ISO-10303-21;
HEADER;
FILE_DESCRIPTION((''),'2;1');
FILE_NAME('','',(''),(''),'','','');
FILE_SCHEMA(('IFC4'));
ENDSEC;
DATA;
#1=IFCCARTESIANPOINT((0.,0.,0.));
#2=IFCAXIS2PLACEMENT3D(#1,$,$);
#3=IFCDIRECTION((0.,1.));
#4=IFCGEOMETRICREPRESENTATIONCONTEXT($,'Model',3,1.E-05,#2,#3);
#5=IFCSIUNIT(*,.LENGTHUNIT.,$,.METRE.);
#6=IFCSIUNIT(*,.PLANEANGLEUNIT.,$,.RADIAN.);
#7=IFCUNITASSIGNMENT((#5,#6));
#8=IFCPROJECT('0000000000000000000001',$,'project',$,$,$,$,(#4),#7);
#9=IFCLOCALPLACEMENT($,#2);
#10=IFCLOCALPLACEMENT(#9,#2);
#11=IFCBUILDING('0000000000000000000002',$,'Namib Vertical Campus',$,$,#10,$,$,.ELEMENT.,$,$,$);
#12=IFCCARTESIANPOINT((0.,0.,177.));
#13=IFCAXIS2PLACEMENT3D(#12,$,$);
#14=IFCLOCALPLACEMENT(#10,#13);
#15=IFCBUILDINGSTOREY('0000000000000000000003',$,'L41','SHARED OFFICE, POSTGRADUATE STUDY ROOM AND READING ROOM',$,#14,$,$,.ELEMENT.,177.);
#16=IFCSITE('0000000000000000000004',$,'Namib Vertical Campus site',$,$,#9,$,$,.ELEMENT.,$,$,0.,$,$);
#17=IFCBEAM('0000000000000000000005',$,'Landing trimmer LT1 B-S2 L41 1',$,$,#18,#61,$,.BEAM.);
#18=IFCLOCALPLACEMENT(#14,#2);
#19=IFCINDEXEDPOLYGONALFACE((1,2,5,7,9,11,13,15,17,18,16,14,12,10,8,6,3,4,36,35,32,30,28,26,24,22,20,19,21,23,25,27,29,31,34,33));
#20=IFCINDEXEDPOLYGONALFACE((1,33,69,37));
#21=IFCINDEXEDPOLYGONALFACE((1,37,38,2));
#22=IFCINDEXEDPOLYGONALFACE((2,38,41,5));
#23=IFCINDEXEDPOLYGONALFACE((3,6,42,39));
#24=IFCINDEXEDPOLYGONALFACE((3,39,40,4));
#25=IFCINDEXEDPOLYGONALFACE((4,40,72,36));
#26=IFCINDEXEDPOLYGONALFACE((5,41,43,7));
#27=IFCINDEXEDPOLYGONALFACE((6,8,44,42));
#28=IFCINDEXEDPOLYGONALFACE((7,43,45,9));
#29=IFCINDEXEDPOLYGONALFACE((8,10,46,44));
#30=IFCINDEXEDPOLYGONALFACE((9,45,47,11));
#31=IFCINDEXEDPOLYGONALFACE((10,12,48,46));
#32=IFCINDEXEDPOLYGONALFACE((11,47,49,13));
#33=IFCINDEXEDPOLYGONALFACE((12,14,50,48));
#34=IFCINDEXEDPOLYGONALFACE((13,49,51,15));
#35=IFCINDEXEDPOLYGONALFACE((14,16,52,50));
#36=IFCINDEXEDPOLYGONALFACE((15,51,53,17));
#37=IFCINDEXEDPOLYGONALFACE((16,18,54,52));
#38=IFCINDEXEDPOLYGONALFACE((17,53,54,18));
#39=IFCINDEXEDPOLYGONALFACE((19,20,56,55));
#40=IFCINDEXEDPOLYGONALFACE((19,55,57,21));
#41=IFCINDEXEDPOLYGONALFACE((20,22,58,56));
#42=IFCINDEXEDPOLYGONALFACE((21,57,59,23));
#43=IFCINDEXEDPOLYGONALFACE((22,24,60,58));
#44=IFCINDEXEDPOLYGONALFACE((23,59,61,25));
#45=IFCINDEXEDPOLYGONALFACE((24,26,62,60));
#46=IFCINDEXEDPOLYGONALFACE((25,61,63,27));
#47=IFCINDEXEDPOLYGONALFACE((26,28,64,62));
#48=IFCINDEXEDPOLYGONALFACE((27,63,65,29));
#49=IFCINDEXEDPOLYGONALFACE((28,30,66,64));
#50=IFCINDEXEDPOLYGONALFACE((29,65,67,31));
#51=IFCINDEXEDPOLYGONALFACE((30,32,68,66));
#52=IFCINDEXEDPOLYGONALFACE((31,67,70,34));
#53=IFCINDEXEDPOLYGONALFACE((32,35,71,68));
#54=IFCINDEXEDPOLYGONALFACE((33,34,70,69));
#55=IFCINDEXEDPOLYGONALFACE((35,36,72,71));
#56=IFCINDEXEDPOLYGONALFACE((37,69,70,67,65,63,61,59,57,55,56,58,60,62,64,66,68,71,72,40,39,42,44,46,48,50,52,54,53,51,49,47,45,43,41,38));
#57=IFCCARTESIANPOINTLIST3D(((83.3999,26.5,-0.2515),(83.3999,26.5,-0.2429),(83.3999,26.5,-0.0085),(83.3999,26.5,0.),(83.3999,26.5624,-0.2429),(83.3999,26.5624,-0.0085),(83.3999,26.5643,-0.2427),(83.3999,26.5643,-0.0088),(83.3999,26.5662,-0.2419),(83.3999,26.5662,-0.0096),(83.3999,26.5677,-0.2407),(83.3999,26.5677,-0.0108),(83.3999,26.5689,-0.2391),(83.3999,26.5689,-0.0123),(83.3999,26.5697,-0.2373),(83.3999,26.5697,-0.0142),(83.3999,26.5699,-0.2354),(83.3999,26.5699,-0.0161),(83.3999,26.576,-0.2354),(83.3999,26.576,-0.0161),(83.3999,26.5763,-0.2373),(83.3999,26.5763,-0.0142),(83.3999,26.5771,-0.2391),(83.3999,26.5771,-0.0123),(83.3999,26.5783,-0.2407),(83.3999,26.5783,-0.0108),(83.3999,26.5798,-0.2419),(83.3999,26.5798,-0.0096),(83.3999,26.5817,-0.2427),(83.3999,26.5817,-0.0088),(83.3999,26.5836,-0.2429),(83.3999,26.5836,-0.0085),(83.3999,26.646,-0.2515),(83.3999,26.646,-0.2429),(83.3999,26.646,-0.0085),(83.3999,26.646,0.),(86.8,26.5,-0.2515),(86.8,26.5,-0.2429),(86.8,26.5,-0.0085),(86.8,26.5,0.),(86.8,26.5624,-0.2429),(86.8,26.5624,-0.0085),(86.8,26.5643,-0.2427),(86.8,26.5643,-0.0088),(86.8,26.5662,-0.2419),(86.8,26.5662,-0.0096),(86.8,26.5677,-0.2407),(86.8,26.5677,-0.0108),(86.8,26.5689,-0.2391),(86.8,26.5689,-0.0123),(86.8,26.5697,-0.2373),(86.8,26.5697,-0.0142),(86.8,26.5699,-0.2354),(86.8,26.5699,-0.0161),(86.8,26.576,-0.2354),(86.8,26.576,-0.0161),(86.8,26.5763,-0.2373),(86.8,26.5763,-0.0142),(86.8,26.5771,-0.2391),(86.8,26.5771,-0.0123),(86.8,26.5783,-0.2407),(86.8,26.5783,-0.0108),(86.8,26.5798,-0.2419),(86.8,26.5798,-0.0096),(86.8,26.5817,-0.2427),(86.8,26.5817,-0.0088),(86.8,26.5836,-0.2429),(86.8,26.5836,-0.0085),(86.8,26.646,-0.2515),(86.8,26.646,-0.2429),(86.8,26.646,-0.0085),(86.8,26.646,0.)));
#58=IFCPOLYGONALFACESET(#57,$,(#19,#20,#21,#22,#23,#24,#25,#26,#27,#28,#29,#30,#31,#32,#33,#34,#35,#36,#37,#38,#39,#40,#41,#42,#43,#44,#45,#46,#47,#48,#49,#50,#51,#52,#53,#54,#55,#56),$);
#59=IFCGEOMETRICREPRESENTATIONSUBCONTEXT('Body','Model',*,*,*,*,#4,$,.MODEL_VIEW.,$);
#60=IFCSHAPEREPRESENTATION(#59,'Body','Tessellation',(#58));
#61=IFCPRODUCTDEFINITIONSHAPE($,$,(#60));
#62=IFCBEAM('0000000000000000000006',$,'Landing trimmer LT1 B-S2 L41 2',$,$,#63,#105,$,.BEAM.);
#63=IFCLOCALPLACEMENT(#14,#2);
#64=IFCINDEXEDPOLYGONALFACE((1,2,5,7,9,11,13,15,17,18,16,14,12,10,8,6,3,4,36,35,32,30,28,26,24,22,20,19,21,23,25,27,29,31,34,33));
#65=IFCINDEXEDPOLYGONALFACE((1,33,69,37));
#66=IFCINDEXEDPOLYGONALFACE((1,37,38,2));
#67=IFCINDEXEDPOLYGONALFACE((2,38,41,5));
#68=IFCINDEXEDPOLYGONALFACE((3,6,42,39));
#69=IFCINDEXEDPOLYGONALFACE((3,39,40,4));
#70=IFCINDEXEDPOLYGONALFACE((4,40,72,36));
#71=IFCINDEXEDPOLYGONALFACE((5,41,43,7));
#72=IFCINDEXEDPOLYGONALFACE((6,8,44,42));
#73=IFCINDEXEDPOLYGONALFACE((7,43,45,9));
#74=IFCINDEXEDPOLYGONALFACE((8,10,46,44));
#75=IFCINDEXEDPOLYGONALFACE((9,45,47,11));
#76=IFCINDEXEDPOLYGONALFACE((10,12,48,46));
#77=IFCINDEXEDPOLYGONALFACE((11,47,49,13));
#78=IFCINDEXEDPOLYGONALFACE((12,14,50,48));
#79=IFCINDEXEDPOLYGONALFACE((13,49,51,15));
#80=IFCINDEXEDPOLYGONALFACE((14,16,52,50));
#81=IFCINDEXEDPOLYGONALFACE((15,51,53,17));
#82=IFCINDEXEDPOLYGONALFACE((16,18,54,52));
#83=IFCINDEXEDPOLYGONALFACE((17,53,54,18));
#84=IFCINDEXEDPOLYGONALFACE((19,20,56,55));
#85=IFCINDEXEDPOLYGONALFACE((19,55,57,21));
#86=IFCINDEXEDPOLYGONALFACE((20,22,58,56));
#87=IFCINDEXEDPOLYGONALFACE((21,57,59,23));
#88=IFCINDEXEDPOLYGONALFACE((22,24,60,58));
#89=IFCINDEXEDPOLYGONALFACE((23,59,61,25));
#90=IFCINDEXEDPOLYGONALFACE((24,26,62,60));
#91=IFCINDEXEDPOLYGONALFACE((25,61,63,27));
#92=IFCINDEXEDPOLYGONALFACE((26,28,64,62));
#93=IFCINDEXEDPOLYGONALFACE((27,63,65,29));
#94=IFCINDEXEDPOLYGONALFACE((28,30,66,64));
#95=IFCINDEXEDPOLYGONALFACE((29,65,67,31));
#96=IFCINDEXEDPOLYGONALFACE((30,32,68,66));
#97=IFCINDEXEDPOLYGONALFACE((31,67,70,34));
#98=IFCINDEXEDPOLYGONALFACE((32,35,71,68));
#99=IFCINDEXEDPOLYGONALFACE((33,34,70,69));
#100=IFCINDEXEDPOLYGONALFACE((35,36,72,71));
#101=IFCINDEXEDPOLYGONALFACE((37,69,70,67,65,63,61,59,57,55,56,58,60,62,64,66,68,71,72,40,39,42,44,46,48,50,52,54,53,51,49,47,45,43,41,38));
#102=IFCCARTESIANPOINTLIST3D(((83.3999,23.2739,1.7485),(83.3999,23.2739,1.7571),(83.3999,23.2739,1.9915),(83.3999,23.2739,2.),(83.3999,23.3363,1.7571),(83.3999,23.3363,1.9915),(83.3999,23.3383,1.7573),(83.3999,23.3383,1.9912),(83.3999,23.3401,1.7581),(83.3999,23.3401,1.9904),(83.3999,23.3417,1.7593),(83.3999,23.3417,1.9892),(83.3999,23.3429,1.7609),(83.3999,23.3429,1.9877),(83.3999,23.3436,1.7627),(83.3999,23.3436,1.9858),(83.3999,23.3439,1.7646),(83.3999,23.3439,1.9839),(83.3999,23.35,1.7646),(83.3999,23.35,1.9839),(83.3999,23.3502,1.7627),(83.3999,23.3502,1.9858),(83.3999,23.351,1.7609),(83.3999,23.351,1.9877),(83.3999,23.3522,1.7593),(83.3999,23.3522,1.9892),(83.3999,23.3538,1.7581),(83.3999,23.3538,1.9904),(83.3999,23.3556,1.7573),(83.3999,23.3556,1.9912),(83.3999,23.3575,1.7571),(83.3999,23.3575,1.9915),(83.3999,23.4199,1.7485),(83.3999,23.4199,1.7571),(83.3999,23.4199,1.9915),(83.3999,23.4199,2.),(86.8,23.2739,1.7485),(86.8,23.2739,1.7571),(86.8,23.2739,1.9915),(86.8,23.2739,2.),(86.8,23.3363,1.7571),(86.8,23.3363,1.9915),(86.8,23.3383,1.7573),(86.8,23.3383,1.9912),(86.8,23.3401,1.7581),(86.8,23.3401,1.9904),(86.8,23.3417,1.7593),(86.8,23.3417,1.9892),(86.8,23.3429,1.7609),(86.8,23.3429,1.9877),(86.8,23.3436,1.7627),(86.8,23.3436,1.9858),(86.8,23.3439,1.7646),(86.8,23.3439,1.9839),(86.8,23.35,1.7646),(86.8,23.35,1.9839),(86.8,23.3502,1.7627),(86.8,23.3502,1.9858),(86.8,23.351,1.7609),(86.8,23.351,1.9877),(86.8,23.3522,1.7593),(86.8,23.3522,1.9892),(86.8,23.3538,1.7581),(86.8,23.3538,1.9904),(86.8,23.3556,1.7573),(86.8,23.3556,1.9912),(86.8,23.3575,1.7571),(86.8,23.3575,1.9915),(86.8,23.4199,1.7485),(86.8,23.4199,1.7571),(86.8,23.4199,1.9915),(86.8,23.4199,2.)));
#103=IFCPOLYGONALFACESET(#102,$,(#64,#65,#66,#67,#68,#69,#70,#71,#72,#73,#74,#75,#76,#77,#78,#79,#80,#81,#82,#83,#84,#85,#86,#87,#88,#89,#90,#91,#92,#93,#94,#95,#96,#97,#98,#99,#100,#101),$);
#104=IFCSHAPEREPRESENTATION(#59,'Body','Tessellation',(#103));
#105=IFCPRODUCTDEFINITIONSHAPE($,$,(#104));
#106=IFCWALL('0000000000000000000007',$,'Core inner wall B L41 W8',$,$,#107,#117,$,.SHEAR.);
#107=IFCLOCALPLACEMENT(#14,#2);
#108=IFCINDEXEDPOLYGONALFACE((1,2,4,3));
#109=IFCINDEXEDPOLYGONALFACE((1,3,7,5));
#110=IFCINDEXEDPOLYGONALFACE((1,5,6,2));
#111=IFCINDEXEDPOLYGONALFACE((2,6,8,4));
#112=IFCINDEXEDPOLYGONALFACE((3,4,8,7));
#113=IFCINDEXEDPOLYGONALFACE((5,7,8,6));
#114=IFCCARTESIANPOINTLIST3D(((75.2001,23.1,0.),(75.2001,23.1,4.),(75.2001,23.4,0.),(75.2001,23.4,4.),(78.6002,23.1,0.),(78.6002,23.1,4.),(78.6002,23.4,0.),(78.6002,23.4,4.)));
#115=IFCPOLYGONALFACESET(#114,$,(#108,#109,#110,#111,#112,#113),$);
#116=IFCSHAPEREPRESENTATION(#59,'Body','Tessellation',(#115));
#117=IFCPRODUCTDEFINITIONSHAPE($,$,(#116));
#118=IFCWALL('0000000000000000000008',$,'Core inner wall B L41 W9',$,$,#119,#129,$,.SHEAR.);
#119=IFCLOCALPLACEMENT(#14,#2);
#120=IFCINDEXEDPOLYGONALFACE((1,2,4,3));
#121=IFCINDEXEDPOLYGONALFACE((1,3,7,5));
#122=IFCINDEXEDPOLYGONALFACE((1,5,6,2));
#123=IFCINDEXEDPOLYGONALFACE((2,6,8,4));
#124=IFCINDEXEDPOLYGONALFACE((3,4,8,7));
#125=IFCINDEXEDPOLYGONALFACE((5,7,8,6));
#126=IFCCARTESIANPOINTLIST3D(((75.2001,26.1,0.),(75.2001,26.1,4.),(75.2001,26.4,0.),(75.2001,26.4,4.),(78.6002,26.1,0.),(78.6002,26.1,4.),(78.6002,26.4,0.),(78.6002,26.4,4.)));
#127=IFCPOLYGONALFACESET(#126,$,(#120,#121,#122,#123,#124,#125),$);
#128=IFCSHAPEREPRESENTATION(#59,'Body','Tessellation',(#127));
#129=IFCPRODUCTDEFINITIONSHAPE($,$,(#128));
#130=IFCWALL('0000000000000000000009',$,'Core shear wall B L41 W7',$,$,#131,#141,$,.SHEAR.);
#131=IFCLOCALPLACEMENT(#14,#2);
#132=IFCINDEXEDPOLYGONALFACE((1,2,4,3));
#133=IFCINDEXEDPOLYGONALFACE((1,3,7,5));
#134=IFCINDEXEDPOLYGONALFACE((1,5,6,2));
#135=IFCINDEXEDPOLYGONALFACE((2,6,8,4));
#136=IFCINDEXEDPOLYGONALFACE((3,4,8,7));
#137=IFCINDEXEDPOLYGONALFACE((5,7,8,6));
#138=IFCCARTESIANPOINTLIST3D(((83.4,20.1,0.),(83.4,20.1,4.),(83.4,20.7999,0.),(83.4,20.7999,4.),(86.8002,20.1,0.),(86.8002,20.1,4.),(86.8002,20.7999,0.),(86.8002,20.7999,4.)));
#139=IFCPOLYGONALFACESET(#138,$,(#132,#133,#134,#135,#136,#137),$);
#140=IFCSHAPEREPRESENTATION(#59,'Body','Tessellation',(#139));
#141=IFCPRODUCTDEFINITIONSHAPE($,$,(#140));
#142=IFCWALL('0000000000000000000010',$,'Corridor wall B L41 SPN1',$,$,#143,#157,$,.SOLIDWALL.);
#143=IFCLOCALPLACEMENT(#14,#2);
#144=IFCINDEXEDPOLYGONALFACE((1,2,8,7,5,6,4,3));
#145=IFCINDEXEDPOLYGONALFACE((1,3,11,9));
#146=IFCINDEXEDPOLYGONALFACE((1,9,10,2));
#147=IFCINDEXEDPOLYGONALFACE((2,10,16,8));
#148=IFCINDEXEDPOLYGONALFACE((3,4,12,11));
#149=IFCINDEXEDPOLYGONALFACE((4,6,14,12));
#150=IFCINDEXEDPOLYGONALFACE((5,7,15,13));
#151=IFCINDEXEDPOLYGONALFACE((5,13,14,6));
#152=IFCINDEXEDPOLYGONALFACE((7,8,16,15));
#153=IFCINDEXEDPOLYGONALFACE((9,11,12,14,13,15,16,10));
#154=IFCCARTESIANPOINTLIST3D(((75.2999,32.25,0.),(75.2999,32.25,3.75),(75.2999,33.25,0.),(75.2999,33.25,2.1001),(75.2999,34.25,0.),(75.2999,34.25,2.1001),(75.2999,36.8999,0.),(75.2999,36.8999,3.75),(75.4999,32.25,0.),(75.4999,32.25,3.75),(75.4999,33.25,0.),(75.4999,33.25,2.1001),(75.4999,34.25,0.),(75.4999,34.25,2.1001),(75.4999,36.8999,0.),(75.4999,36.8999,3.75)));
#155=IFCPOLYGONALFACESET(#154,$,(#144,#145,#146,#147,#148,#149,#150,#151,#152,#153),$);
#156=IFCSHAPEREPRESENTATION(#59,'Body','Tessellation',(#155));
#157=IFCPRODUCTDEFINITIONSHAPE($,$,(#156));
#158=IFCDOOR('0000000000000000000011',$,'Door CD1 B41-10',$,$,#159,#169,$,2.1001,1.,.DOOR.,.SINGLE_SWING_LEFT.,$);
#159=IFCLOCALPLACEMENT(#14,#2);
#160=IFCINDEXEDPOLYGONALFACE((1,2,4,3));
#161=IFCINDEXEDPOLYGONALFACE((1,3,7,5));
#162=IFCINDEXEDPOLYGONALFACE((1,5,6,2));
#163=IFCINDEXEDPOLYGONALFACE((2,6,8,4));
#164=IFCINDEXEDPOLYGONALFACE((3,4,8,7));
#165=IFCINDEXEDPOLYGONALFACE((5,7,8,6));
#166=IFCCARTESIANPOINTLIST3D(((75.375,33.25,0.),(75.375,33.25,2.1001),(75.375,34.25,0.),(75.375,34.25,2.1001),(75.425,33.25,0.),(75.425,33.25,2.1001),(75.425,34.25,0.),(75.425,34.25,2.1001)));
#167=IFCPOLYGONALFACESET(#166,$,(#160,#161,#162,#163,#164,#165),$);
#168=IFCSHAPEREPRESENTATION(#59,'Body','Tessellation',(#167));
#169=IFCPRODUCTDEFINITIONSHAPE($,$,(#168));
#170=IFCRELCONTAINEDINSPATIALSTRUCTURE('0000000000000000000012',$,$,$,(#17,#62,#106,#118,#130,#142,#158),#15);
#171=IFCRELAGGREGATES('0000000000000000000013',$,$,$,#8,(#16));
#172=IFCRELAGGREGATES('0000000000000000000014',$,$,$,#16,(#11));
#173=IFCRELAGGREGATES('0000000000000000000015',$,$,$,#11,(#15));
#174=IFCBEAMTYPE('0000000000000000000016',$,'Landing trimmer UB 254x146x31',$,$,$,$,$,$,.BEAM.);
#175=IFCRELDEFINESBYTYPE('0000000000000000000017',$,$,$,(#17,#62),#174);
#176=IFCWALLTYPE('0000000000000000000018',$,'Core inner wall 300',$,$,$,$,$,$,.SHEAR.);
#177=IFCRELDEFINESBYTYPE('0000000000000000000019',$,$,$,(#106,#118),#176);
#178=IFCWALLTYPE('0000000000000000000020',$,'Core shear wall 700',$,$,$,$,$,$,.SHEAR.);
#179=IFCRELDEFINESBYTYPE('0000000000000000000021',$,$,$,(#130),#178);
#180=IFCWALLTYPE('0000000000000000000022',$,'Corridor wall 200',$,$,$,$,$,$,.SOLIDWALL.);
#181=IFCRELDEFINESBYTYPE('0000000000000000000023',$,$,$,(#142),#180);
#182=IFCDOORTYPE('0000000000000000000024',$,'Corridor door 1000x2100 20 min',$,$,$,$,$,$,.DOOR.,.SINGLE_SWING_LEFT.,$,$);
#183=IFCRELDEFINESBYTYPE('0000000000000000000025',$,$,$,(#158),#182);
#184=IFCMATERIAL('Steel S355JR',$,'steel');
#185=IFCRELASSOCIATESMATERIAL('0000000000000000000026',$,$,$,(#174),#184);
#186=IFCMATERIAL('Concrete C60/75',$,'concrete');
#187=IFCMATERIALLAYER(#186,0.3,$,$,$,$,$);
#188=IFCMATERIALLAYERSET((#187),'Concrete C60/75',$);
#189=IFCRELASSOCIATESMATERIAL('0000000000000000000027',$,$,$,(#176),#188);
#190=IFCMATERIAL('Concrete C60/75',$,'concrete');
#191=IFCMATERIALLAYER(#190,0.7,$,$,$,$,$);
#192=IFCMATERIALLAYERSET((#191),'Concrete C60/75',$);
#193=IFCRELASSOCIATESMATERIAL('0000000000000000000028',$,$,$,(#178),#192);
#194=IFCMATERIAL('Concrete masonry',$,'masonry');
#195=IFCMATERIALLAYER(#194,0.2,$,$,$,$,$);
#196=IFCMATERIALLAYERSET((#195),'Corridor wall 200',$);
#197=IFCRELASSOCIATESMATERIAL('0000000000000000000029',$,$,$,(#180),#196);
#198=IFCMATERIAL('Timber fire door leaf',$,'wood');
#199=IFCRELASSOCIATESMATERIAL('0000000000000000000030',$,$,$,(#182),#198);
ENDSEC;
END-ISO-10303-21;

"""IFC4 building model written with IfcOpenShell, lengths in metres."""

from ifc_helpers import new_model, si_unit, direction, frame, frame_2d, origin, origin_2d, place, context, subcontext, project, spatial, rectangle, i_section, extrude, material, layer, layer_set, material_profile, profile_set, type_object, element, fill, save


model = new_model("IFC4")

# Units and contexts
model_context = context("Model", 3, precision=1e-05, world=origin(), true_north=direction((0.0, 1.0)))
body_context = subcontext(model_context, "Body", "Model", "MODEL_VIEW")
ifc_project = project(units=[si_unit("LENGTHUNIT", "METRE"), si_unit("PLANEANGLEUNIT", "RADIAN")], contexts=[model_context])

# Site, building, storey
site_placement = place(None, origin())
site = spatial("IfcSite", under=ifc_project, at=site_placement, Name="Namib Vertical Campus site", CompositionType="ELEMENT", RefElevation=0.0)
building_placement = place(site_placement, origin())
building = spatial("IfcBuilding", under=site, at=building_placement, Name="Namib Vertical Campus", CompositionType="ELEMENT")
storey_placement = place(building_placement, frame((0.0, 0.0, 177.0)))
storey = spatial("IfcBuildingStorey", under=building, at=storey_placement, Name="L41", Description="SHARED OFFICE, POSTGRADUATE STUDY ROOM AND READING ROOM", CompositionType="ELEMENT", Elevation=177.0)

# Beams
ifc_material_1 = material(Name="Steel S355JR", Category="steel")
ifc_material_profile = material_profile(ifc_material_1, i_section(OverallWidth=0.146, OverallDepth=0.2515, WebThickness=0.0061, FlangeThickness=0.0085, FilletRadius=0.0076, at=origin_2d()))
ifc_profile_set = profile_set([ifc_material_profile], Name="Steel S355JR")
beam_type = type_object("IfcBeamType", Name="Landing trimmer UB 254x146x31", PredefinedType="BEAM", material=ifc_profile_set)
for number, where, z_axis, x_axis, name in (
    (1, (83.3999, 26.573, -0.1257), (1.0, 0.0, 0.0), (0.0, 1.0, 0.0), "Landing trimmer LT1 B-S2 L41 1"),
    (2, (83.3999, 23.3469, 1.8743), (1.0, 0.0, 0.0), (0.0, 1.0, 0.0), "Landing trimmer LT1 B-S2 L41 2"),
):
    element("IfcBeam", number, at=place(storey_placement, frame(where, z_axis=z_axis, x_axis=x_axis)), inside=storey, type_object=beam_type, Name=name, PredefinedType="BEAM", context=body_context, shape_type="SweptSolid", body=[
        extrude(i_section(OverallWidth=0.146, OverallDepth=0.2515, WebThickness=0.0061, FlangeThickness=0.0085, FilletRadius=0.0076, at=origin_2d()), origin(), (0.0, 0.0, 1.0), 3.4001),
    ])

# Walls
ifc_material_2 = material(Name="Concrete C60/75", Category="concrete")
ifc_layer_1 = layer(ifc_material_2, 0.3)
ifc_layer_set_1 = layer_set([ifc_layer_1], Name="Concrete C60/75")
wall_type_1 = type_object("IfcWallType", Name="Core inner wall 300", PredefinedType="SHEAR", material=ifc_layer_set_1)
for number, where, z_axis, x_axis, name in (
    (3, (75.2, 23.25, 0.0), (0.0, 0.0, 1.0), (1.0, 0.0, 0.0), "Core inner wall B L41 W8"),
    (4, (75.2, 26.25, 0.0), (0.0, 0.0, 1.0), (1.0, 0.0, 0.0), "Core inner wall B L41 W9"),
):
    element("IfcWall", number, at=place(storey_placement, frame(where, z_axis=z_axis, x_axis=x_axis)), inside=storey, type_object=wall_type_1, Name=name, PredefinedType="SHEAR", context=body_context, shape_type="SweptSolid", body=[
        extrude(rectangle(XDim=3.4001, YDim=0.3, at=frame_2d((1.7002, 0.0))), origin(), (0.0, 0.0, 1.0), 4.0),
    ])
ifc_material_3 = material(Name="Concrete C60/75", Category="concrete")
ifc_layer_2 = layer(ifc_material_3, 0.7)
ifc_layer_set_2 = layer_set([ifc_layer_2], Name="Concrete C60/75")
wall_type_2 = type_object("IfcWallType", Name="Core shear wall 700", PredefinedType="SHEAR", material=ifc_layer_set_2)
wall_1_placement = place(storey_placement, frame((83.3999, 20.45, 0.0), z_axis=(0.0, 0.0, 1.0), x_axis=(1.0, 0.0, 0.0)))
element("IfcWall", 5, at=wall_1_placement, inside=storey, type_object=wall_type_2, Name="Core shear wall B L41 W7", PredefinedType="SHEAR", context=body_context, shape_type="SweptSolid", body=[
    extrude(rectangle(XDim=3.4001, YDim=0.7, at=frame_2d((1.7002, 0.0))), origin(), (0.0, 0.0, 1.0), 4.0),
])

# Wall, opening, door
ifc_material_4 = material(Name="Concrete masonry", Category="masonry")
ifc_layer_3 = layer(ifc_material_4, 0.2)
ifc_layer_set_3 = layer_set([ifc_layer_3], Name="Corridor wall 200")
wall_type_3 = type_object("IfcWallType", Name="Corridor wall 200", PredefinedType="SOLIDWALL", material=ifc_layer_set_3)
wall_2_placement = place(storey_placement, frame((75.3999, 32.25, 0.0), z_axis=(0.0, 0.0, 1.0), x_axis=(0.0, 1.0, 0.0)))
wall_2 = element("IfcWall", 6, at=wall_2_placement, inside=storey, type_object=wall_type_3, Name="Corridor wall B L41 SPN1", PredefinedType="SOLIDWALL", context=body_context, shape_type="SweptSolid", body=[
    extrude(rectangle(XDim=4.6499, YDim=0.2, at=frame_2d((2.325, 0.0))), origin(), (0.0, 0.0, 1.0), 3.75),
])
opening_1_placement = place(wall_2_placement, frame((1.0, 0.0, 0.0)))
opening_1 = element("IfcOpeningElement", 7, at=opening_1_placement, cuts=wall_2, PredefinedType="OPENING", context=body_context, shape_type="SweptSolid", body=[
    extrude(rectangle(XDim=1.0, YDim=2.1001, at=frame_2d((0.5, 1.05))), frame((0.0, 0.1099, 0.0), z_axis=(0.0, -1.0, 0.0), x_axis=(1.0, 0.0, 0.0)), (0.0, 0.0, 1.0), 0.22),
])
ifc_material_5 = material(Name="Timber fire door leaf", Category="wood")
door_type_1 = type_object("IfcDoorType", Name="Corridor door 1000x2100 20 min", OperationType="SINGLE_SWING_LEFT", PredefinedType="DOOR", material=ifc_material_5)
door_1_placement = place(opening_1_placement, origin())
door_1 = element("IfcDoor", 8, at=door_1_placement, inside=storey, type_object=door_type_1, Name="Door CD1 B41-10", OperationType="SINGLE_SWING_LEFT", OverallHeight=2.1001, OverallWidth=1.0, PredefinedType="DOOR", context=body_context, shape_type="SweptSolid", body=[
    extrude(rectangle(XDim=1.0, YDim=2.1001, at=frame_2d((0.5, 1.05))), frame((0.0, 0.0249, 0.0), z_axis=(0.0, -1.0, 0.0), x_axis=(1.0, 0.0, 0.0)), (0.0, 0.0, 1.0), 0.05),
])
fill(opening_1, door_1)

save(model, "model.ifc")
